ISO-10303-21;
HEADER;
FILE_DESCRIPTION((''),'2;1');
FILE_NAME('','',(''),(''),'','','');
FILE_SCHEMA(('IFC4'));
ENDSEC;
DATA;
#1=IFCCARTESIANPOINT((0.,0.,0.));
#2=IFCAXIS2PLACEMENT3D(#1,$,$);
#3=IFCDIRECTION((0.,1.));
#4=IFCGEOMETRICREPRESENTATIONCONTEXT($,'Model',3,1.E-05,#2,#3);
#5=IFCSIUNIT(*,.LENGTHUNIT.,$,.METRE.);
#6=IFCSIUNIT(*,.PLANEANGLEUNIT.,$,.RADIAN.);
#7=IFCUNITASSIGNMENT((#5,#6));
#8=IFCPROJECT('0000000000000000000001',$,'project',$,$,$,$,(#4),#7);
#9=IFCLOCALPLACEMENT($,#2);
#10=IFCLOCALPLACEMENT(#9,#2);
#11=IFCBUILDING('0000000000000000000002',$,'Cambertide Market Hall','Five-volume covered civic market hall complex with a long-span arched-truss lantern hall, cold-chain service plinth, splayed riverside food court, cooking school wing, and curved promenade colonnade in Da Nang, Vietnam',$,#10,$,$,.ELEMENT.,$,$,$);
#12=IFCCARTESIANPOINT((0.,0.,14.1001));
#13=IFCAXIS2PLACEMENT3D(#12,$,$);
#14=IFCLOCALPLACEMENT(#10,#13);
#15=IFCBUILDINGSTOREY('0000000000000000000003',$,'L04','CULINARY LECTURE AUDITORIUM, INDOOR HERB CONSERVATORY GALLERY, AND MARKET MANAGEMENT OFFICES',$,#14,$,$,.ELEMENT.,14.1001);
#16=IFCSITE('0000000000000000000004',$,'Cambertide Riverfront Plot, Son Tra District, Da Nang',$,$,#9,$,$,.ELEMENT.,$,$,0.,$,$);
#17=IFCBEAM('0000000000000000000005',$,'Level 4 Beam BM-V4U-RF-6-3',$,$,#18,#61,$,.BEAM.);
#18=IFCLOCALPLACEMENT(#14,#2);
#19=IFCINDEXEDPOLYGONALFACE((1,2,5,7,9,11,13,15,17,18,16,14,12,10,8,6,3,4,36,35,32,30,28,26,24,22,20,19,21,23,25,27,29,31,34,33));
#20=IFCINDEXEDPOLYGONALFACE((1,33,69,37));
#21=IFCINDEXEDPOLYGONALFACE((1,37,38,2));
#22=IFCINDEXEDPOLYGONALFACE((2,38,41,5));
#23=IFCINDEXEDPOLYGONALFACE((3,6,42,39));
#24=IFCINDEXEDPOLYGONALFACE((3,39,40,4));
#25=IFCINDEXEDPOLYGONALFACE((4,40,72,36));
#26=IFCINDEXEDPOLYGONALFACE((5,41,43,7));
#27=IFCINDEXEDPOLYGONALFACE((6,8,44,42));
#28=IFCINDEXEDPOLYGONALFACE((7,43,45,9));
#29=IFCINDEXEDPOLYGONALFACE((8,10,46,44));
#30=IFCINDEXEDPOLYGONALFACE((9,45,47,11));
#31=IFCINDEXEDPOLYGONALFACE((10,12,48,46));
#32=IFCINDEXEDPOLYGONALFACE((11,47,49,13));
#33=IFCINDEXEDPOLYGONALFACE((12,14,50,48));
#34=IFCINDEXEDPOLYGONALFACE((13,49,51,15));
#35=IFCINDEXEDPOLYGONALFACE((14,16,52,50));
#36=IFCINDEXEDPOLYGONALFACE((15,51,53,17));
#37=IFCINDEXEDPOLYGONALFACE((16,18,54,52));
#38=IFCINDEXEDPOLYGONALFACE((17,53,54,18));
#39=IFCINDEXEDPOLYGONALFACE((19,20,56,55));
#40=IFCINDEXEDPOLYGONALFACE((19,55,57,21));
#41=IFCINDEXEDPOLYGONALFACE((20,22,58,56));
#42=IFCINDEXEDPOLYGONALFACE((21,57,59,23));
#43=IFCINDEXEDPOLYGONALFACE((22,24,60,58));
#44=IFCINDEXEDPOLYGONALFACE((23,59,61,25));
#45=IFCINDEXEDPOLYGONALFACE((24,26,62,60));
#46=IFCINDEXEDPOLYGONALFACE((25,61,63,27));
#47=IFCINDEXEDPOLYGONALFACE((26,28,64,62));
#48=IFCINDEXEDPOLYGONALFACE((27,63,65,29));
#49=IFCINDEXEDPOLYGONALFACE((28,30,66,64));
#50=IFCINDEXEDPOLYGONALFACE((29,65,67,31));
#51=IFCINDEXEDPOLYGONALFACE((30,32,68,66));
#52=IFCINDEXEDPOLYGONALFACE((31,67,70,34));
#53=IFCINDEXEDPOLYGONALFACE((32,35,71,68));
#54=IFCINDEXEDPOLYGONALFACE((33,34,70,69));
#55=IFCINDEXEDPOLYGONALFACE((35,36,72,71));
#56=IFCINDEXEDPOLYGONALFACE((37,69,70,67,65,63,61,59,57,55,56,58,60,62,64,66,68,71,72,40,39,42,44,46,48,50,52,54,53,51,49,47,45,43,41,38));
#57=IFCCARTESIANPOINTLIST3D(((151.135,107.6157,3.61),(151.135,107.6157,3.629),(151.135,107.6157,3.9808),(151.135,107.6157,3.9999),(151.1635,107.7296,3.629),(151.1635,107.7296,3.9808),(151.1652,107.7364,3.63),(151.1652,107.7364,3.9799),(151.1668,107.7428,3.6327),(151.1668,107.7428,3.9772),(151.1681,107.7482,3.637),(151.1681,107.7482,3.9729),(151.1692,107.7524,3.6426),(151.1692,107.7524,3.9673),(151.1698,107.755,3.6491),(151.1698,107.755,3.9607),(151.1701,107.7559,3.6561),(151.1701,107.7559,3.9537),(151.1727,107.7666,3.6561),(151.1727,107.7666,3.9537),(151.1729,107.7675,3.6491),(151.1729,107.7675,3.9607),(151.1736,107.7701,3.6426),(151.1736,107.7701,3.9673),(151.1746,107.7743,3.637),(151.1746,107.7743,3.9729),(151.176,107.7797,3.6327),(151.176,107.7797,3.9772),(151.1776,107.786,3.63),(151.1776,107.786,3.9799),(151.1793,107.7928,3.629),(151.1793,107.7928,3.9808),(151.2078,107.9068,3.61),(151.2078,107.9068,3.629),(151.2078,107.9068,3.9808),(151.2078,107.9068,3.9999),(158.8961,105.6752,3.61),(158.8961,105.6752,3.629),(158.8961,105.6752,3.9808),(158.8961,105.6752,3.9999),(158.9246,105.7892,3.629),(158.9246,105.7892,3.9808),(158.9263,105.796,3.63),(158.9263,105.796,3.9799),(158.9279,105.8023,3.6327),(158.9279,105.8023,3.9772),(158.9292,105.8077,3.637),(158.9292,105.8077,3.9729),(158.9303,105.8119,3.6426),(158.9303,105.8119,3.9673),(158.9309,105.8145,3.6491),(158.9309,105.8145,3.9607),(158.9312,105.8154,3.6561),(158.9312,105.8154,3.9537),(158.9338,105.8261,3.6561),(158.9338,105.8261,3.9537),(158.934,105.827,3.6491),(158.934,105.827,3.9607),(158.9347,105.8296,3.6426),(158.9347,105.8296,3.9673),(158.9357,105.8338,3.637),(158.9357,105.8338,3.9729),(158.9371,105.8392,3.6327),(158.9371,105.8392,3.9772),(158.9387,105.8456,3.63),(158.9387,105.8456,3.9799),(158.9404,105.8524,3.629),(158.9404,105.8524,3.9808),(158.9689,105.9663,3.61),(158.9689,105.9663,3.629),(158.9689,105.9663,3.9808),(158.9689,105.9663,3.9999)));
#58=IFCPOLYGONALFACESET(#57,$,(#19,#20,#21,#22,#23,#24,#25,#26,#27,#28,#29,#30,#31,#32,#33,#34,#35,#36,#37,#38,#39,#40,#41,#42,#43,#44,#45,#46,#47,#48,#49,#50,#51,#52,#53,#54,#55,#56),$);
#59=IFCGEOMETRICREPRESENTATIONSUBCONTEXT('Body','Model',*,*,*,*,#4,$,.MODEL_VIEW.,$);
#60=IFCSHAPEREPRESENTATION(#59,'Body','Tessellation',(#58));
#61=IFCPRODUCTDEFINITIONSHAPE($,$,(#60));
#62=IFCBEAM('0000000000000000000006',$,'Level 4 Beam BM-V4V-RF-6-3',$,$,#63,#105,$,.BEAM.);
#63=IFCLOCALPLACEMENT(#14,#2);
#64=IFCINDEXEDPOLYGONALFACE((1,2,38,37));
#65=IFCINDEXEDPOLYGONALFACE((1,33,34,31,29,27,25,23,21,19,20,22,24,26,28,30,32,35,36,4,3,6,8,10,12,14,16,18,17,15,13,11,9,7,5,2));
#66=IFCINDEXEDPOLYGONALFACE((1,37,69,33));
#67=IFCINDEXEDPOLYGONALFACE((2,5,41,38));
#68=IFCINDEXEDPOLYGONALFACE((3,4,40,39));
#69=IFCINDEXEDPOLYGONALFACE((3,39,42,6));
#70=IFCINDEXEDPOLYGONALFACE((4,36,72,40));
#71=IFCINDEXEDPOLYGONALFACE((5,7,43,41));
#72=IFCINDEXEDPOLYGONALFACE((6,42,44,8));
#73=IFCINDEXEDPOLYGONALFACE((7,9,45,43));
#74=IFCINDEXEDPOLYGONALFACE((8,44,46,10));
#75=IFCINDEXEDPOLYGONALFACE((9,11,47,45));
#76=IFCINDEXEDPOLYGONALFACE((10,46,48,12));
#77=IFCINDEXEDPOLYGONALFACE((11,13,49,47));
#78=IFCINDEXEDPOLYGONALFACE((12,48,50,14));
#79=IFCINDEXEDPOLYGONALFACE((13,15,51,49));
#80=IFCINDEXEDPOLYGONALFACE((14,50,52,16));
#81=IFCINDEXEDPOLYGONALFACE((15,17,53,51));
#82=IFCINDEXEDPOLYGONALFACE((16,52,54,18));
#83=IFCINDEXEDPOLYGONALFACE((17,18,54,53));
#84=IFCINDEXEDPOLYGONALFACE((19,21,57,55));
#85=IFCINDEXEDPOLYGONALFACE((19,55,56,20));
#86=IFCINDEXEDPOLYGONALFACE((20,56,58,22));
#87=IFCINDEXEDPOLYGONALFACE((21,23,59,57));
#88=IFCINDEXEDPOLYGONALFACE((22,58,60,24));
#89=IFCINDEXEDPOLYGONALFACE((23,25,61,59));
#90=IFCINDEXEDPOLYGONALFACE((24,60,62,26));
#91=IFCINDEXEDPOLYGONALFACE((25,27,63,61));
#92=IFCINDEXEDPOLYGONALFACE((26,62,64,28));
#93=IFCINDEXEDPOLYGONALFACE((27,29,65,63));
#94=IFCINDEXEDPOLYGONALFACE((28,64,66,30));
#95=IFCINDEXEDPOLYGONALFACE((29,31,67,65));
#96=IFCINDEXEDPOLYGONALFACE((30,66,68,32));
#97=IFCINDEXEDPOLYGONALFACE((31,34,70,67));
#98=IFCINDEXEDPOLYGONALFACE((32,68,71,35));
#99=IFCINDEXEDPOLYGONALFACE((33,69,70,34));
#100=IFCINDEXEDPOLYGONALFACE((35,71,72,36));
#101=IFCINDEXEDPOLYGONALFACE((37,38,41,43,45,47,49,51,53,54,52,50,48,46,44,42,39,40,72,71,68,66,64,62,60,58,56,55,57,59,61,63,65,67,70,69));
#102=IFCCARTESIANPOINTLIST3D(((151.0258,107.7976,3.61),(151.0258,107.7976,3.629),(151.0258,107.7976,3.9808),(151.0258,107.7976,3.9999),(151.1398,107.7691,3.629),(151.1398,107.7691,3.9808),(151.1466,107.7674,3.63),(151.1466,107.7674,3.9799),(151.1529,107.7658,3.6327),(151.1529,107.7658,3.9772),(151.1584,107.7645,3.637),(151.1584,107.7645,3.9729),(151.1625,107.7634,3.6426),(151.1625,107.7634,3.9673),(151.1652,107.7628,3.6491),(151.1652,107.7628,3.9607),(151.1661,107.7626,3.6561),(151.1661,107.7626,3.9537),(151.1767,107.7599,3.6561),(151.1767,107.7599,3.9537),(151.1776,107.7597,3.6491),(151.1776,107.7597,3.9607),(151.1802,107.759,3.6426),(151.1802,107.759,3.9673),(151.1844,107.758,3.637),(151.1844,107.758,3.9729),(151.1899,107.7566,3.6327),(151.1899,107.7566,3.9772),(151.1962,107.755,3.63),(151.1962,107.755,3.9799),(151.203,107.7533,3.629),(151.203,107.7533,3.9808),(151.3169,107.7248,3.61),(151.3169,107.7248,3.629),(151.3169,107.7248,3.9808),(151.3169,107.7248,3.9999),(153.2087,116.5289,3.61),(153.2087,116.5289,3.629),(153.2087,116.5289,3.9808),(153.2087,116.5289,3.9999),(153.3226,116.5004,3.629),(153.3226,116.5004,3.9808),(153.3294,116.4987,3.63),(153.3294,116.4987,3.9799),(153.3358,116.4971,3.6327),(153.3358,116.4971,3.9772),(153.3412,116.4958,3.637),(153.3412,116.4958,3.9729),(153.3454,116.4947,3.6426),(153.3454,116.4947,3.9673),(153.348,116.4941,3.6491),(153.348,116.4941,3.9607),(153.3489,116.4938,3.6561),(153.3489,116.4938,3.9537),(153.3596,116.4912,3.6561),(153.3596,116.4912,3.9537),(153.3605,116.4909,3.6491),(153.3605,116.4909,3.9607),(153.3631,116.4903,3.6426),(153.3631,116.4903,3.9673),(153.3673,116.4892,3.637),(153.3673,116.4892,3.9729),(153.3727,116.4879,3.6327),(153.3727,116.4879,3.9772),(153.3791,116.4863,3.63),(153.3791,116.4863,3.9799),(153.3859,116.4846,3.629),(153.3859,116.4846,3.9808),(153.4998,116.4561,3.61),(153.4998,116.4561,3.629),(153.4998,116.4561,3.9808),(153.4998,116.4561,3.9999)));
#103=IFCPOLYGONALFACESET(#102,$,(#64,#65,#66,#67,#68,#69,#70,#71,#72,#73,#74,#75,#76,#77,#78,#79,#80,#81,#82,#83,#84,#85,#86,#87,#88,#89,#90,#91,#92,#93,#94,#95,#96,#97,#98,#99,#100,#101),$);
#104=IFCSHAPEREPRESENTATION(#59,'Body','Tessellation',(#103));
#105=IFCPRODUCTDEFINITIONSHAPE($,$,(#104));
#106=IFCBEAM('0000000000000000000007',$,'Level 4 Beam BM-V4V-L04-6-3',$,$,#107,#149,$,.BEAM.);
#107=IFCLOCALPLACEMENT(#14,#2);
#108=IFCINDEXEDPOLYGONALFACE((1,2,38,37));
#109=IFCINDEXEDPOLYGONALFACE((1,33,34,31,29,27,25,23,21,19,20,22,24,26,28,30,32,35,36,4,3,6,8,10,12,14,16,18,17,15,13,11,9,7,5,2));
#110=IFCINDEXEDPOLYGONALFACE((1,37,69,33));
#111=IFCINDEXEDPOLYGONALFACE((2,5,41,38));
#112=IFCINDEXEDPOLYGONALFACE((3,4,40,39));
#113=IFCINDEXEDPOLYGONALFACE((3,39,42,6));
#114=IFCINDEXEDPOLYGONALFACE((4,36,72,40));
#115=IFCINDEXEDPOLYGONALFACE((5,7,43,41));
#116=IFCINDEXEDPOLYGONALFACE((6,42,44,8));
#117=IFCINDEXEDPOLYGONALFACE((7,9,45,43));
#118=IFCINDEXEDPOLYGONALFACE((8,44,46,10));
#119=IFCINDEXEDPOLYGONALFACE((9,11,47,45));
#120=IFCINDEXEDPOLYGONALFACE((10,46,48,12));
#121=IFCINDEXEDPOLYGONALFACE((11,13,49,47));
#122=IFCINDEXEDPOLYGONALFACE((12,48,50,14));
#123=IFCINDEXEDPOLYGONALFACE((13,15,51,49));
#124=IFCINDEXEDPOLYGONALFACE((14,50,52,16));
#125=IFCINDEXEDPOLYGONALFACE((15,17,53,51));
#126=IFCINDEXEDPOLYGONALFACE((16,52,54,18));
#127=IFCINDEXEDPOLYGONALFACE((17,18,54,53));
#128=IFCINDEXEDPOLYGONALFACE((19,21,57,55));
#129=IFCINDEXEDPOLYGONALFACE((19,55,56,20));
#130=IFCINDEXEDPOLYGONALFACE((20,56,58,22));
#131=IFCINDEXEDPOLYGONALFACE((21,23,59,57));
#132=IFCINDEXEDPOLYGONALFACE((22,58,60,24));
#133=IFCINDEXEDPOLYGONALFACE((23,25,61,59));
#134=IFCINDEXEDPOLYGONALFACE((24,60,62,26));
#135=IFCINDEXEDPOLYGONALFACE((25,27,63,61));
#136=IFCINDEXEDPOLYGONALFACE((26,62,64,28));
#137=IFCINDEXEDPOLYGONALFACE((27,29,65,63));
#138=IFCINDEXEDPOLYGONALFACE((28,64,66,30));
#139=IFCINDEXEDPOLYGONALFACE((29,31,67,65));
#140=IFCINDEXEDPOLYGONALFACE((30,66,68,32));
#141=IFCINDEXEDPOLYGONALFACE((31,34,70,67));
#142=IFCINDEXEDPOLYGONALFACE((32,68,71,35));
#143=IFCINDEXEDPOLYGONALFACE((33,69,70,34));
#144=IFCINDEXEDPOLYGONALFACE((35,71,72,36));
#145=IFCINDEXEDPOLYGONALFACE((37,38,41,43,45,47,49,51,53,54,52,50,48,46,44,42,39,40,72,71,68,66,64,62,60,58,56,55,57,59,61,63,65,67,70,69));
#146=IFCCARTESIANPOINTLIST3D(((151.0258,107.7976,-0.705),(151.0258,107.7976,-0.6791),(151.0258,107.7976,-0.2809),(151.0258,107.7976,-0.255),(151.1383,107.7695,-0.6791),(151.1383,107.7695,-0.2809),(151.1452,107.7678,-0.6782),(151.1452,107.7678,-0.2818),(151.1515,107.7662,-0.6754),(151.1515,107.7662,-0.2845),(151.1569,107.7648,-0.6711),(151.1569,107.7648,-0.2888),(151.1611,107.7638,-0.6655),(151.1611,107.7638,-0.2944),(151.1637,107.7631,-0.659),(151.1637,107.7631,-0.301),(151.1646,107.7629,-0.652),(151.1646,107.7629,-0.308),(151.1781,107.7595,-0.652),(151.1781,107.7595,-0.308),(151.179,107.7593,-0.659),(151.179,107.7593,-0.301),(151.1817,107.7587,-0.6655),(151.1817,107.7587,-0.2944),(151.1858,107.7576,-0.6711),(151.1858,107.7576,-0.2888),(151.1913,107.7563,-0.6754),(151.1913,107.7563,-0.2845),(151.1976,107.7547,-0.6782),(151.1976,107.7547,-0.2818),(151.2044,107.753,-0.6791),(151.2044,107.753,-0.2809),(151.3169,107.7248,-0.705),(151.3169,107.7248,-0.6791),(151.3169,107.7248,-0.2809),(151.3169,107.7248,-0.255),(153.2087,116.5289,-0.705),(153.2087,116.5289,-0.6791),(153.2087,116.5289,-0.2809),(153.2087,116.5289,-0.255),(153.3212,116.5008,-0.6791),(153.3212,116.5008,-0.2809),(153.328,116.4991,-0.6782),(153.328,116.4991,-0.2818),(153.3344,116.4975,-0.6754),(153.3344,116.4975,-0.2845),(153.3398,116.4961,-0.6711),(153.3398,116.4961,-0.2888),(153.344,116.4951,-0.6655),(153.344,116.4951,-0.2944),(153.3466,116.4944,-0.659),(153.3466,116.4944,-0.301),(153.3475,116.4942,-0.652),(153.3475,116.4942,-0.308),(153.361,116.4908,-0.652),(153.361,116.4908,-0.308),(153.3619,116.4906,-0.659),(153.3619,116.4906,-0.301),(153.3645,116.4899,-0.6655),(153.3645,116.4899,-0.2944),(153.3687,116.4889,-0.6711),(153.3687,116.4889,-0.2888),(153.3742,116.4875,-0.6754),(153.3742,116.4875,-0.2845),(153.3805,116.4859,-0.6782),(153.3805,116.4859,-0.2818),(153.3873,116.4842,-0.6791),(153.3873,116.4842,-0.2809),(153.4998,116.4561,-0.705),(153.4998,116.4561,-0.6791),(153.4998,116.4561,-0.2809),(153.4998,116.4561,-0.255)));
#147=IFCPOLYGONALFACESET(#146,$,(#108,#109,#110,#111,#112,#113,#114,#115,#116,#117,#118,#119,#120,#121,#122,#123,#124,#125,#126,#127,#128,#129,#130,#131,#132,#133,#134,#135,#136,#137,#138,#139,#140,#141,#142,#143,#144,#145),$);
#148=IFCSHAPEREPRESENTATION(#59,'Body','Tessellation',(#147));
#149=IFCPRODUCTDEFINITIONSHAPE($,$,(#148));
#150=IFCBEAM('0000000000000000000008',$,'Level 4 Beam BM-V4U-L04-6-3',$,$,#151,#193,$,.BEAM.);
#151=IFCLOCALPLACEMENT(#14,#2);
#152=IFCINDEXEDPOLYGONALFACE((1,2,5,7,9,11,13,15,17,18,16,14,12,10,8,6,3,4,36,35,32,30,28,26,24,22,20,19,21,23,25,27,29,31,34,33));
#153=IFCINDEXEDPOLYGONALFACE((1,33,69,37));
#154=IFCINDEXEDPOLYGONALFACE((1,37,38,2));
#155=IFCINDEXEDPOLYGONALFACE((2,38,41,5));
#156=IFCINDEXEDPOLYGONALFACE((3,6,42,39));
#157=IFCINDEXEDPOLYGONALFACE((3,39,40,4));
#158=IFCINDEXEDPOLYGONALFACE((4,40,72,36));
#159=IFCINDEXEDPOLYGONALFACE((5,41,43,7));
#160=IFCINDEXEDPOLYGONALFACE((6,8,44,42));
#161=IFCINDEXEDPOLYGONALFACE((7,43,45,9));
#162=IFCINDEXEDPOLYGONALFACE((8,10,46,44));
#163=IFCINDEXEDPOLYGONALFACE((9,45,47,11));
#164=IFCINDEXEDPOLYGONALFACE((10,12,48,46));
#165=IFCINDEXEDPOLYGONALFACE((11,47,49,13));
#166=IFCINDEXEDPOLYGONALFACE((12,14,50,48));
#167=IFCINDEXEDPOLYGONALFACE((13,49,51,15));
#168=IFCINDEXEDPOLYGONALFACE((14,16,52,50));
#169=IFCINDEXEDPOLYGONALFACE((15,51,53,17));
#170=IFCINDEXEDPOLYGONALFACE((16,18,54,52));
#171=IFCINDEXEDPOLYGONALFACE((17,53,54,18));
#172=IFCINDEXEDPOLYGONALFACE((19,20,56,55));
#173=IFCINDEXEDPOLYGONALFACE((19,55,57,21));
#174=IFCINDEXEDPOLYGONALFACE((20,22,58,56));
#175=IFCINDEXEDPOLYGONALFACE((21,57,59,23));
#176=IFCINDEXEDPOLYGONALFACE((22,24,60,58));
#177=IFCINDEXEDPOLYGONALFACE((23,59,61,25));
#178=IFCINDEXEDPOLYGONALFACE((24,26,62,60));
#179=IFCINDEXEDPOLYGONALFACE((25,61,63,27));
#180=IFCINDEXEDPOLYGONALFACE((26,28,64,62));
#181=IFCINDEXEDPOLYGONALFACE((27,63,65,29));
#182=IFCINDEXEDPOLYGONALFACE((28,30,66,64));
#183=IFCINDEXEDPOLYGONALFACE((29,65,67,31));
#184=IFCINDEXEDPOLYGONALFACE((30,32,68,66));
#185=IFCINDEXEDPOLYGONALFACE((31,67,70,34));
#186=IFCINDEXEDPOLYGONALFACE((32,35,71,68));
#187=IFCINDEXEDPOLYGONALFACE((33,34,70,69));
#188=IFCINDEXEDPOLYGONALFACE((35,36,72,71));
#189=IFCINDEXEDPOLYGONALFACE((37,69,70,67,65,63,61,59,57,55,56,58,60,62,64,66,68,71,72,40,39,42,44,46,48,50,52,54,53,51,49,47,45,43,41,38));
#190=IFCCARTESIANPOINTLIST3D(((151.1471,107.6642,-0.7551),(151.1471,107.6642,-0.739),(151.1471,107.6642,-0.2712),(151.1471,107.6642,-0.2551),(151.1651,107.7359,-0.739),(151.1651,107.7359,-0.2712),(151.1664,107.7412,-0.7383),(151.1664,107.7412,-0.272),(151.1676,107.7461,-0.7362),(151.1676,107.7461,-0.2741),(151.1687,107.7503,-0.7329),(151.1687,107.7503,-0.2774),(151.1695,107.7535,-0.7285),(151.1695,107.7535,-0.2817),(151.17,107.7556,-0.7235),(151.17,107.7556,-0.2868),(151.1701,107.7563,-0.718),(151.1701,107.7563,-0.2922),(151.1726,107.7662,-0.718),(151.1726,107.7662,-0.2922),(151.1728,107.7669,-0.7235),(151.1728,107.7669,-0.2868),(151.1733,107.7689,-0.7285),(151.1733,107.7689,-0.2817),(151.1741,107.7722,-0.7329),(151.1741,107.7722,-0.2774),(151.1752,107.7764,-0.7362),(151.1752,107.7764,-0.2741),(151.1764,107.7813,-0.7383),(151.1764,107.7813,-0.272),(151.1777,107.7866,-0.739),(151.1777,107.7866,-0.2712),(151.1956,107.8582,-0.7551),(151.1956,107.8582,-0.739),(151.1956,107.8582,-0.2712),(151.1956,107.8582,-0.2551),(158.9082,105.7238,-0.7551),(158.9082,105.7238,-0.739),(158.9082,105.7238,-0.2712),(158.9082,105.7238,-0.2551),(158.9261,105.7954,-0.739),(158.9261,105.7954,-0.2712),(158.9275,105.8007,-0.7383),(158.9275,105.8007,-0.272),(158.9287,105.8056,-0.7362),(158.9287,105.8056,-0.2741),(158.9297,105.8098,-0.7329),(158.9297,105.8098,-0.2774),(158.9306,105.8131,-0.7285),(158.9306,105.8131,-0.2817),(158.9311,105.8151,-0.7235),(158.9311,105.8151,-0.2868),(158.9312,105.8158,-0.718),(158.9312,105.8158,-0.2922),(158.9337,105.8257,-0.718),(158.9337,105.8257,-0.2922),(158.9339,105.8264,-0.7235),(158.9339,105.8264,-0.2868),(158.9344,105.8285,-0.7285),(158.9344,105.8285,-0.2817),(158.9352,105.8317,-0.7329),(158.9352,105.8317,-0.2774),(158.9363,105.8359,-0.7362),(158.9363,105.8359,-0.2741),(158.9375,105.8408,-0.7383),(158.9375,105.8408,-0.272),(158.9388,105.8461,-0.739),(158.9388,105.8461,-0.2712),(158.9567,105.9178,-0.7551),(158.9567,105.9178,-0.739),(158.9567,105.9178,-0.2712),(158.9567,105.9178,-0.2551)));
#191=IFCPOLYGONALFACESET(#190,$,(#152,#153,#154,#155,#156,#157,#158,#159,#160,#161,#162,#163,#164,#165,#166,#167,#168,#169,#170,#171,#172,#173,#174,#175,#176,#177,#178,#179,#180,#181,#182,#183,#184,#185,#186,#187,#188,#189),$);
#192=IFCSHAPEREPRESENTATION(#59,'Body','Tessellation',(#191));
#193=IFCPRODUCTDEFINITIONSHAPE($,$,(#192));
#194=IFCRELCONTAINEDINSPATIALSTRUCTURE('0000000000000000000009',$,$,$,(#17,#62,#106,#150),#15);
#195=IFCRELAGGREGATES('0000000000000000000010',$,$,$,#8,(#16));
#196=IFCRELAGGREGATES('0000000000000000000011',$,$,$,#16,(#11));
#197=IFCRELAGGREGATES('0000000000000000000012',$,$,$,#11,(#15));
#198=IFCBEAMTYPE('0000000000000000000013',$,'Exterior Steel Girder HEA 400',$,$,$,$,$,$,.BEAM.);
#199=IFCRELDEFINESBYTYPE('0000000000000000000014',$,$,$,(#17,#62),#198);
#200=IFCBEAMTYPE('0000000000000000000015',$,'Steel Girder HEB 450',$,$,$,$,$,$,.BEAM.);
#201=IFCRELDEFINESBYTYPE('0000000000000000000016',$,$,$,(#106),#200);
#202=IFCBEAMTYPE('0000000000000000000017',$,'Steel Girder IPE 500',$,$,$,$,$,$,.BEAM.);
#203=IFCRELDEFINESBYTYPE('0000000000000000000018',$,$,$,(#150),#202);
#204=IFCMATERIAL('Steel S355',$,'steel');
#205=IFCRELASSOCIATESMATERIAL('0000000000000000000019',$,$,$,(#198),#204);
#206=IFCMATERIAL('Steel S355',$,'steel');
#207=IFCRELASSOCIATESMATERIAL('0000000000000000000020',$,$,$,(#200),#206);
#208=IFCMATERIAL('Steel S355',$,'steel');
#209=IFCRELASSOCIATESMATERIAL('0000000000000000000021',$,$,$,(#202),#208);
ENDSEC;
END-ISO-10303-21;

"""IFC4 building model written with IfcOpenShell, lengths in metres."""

from ifc_helpers import new_model, si_unit, direction, frame, origin, origin_2d, place, context, subcontext, project, spatial, i_section, extrude, material, material_profile, profile_set, type_object, element, save


model = new_model("IFC4")

# Units and contexts
model_context = context("Model", 3, precision=1e-05, world=origin(), true_north=direction((0.0, 1.0)))
body_context = subcontext(model_context, "Body", "Model", "MODEL_VIEW")
ifc_project = project(units=[si_unit("LENGTHUNIT", "METRE"), si_unit("PLANEANGLEUNIT", "RADIAN")], contexts=[model_context])

# Site, building, storey
site_placement = place(None, origin())
site = spatial("IfcSite", under=ifc_project, at=site_placement, Name="Cambertide Riverfront Plot, Son Tra District, Da Nang", CompositionType="ELEMENT", RefElevation=0.0)
building_placement = place(site_placement, origin())
building = spatial("IfcBuilding", under=site, at=building_placement, Name="Cambertide Market Hall", Description="Five-volume covered civic market hall complex with a long-span arched-truss lantern hall, cold-chain service plinth, splayed riverside food court, cooking school wing, and curved promenade colonnade in Da Nang, Vietnam", CompositionType="ELEMENT")
storey_placement = place(building_placement, frame((0.0, 0.0, 14.1001)))
storey = spatial("IfcBuildingStorey", under=building, at=storey_placement, Name="L04", Description="CULINARY LECTURE AUDITORIUM, INDOOR HERB CONSERVATORY GALLERY, AND MARKET MANAGEMENT OFFICES", CompositionType="ELEMENT", Elevation=14.1001)

# Beams
ifc_material_1 = material(Name="Steel S355", Category="steel")
ifc_material_profile_1 = material_profile(ifc_material_1, i_section(OverallWidth=0.3, OverallDepth=0.3899, WebThickness=0.011, FlangeThickness=0.019, FilletRadius=0.0271, at=origin_2d()), Name="HEA 400")
ifc_profile_set_1 = profile_set([ifc_material_profile_1], Name="Steel S355")
beam_type_1 = type_object("IfcBeamType", Name="Exterior Steel Girder HEA 400", PredefinedType="BEAM", material=ifc_profile_set_1)
beam_1_placement = place(storey_placement, frame((151.1714, 107.7612, 3.8049), z_axis=(0.970137, -0.242557, 0.0), x_axis=(0.242557, 0.970137, 0.0)))
element("IfcBeam", 1, at=beam_1_placement, inside=storey, type_object=beam_type_1, Name="Level 4 Beam BM-V4U-RF-6-3", PredefinedType="BEAM", context=body_context, shape_type="SweptSolid", body=[
    extrude(i_section(OverallWidth=0.3, OverallDepth=0.3899, WebThickness=0.011, FlangeThickness=0.019, FilletRadius=0.0271, at=origin_2d()), origin(), (0.0, 0.0, 1.0), 8.0),
])
beam_2_placement = place(storey_placement, frame((151.1714, 107.7612, 3.8049), z_axis=(0.242542, 0.970141, 0.0), x_axis=(-0.970141, 0.242542, 0.0)))
element("IfcBeam", 2, at=beam_2_placement, inside=storey, type_object=beam_type_1, Name="Level 4 Beam BM-V4V-RF-6-3", PredefinedType="BEAM", context=body_context, shape_type="SweptSolid", body=[
    extrude(i_section(OverallWidth=0.3, OverallDepth=0.3899, WebThickness=0.011, FlangeThickness=0.019, FilletRadius=0.0271, at=origin_2d()), origin(), (0.0, 0.0, 1.0), 9.0),
])
ifc_material_2 = material(Name="Steel S355", Category="steel")
ifc_material_profile_2 = material_profile(ifc_material_2, i_section(OverallWidth=0.3, OverallDepth=0.45, WebThickness=0.0139, FlangeThickness=0.0259, FilletRadius=0.0271, at=origin_2d()), Name="HEB 450")
ifc_profile_set_2 = profile_set([ifc_material_profile_2], Name="Steel S355")
beam_type_2 = type_object("IfcBeamType", Name="Steel Girder HEB 450", PredefinedType="BEAM", material=ifc_profile_set_2)
beam_3_placement = place(storey_placement, frame((151.1714, 107.7612, -0.48), z_axis=(0.242542, 0.970141, 0.0), x_axis=(-0.970141, 0.242542, 0.0)))
element("IfcBeam", 3, at=beam_3_placement, inside=storey, type_object=beam_type_2, Name="Level 4 Beam BM-V4V-L04-6-3", PredefinedType="BEAM", context=body_context, shape_type="SweptSolid", body=[
    extrude(i_section(OverallWidth=0.3, OverallDepth=0.45, WebThickness=0.0139, FlangeThickness=0.0259, FilletRadius=0.0271, at=origin_2d()), origin(), (0.0, 0.0, 1.0), 9.0),
])
ifc_material_3 = material(Name="Steel S355", Category="steel")
ifc_material_profile_3 = material_profile(ifc_material_3, i_section(OverallWidth=0.2, OverallDepth=0.5, WebThickness=0.0103, FlangeThickness=0.0161, FilletRadius=0.021, at=origin_2d()), Name="IPE 500")
ifc_profile_set_3 = profile_set([ifc_material_profile_3], Name="Steel S355")
beam_type_3 = type_object("IfcBeamType", Name="Steel Girder IPE 500", PredefinedType="BEAM", material=ifc_profile_set_3)
beam_4_placement = place(storey_placement, frame((151.1714, 107.7612, -0.5051), z_axis=(0.970137, -0.242557, 0.0), x_axis=(0.242557, 0.970137, 0.0)))
element("IfcBeam", 4, at=beam_4_placement, inside=storey, type_object=beam_type_3, Name="Level 4 Beam BM-V4U-L04-6-3", PredefinedType="BEAM", context=body_context, shape_type="SweptSolid", body=[
    extrude(i_section(OverallWidth=0.2, OverallDepth=0.5, WebThickness=0.0103, FlangeThickness=0.0161, FilletRadius=0.021, at=origin_2d()), origin(), (0.0, 0.0, 1.0), 8.0),
])

save(model, "model.ifc")
